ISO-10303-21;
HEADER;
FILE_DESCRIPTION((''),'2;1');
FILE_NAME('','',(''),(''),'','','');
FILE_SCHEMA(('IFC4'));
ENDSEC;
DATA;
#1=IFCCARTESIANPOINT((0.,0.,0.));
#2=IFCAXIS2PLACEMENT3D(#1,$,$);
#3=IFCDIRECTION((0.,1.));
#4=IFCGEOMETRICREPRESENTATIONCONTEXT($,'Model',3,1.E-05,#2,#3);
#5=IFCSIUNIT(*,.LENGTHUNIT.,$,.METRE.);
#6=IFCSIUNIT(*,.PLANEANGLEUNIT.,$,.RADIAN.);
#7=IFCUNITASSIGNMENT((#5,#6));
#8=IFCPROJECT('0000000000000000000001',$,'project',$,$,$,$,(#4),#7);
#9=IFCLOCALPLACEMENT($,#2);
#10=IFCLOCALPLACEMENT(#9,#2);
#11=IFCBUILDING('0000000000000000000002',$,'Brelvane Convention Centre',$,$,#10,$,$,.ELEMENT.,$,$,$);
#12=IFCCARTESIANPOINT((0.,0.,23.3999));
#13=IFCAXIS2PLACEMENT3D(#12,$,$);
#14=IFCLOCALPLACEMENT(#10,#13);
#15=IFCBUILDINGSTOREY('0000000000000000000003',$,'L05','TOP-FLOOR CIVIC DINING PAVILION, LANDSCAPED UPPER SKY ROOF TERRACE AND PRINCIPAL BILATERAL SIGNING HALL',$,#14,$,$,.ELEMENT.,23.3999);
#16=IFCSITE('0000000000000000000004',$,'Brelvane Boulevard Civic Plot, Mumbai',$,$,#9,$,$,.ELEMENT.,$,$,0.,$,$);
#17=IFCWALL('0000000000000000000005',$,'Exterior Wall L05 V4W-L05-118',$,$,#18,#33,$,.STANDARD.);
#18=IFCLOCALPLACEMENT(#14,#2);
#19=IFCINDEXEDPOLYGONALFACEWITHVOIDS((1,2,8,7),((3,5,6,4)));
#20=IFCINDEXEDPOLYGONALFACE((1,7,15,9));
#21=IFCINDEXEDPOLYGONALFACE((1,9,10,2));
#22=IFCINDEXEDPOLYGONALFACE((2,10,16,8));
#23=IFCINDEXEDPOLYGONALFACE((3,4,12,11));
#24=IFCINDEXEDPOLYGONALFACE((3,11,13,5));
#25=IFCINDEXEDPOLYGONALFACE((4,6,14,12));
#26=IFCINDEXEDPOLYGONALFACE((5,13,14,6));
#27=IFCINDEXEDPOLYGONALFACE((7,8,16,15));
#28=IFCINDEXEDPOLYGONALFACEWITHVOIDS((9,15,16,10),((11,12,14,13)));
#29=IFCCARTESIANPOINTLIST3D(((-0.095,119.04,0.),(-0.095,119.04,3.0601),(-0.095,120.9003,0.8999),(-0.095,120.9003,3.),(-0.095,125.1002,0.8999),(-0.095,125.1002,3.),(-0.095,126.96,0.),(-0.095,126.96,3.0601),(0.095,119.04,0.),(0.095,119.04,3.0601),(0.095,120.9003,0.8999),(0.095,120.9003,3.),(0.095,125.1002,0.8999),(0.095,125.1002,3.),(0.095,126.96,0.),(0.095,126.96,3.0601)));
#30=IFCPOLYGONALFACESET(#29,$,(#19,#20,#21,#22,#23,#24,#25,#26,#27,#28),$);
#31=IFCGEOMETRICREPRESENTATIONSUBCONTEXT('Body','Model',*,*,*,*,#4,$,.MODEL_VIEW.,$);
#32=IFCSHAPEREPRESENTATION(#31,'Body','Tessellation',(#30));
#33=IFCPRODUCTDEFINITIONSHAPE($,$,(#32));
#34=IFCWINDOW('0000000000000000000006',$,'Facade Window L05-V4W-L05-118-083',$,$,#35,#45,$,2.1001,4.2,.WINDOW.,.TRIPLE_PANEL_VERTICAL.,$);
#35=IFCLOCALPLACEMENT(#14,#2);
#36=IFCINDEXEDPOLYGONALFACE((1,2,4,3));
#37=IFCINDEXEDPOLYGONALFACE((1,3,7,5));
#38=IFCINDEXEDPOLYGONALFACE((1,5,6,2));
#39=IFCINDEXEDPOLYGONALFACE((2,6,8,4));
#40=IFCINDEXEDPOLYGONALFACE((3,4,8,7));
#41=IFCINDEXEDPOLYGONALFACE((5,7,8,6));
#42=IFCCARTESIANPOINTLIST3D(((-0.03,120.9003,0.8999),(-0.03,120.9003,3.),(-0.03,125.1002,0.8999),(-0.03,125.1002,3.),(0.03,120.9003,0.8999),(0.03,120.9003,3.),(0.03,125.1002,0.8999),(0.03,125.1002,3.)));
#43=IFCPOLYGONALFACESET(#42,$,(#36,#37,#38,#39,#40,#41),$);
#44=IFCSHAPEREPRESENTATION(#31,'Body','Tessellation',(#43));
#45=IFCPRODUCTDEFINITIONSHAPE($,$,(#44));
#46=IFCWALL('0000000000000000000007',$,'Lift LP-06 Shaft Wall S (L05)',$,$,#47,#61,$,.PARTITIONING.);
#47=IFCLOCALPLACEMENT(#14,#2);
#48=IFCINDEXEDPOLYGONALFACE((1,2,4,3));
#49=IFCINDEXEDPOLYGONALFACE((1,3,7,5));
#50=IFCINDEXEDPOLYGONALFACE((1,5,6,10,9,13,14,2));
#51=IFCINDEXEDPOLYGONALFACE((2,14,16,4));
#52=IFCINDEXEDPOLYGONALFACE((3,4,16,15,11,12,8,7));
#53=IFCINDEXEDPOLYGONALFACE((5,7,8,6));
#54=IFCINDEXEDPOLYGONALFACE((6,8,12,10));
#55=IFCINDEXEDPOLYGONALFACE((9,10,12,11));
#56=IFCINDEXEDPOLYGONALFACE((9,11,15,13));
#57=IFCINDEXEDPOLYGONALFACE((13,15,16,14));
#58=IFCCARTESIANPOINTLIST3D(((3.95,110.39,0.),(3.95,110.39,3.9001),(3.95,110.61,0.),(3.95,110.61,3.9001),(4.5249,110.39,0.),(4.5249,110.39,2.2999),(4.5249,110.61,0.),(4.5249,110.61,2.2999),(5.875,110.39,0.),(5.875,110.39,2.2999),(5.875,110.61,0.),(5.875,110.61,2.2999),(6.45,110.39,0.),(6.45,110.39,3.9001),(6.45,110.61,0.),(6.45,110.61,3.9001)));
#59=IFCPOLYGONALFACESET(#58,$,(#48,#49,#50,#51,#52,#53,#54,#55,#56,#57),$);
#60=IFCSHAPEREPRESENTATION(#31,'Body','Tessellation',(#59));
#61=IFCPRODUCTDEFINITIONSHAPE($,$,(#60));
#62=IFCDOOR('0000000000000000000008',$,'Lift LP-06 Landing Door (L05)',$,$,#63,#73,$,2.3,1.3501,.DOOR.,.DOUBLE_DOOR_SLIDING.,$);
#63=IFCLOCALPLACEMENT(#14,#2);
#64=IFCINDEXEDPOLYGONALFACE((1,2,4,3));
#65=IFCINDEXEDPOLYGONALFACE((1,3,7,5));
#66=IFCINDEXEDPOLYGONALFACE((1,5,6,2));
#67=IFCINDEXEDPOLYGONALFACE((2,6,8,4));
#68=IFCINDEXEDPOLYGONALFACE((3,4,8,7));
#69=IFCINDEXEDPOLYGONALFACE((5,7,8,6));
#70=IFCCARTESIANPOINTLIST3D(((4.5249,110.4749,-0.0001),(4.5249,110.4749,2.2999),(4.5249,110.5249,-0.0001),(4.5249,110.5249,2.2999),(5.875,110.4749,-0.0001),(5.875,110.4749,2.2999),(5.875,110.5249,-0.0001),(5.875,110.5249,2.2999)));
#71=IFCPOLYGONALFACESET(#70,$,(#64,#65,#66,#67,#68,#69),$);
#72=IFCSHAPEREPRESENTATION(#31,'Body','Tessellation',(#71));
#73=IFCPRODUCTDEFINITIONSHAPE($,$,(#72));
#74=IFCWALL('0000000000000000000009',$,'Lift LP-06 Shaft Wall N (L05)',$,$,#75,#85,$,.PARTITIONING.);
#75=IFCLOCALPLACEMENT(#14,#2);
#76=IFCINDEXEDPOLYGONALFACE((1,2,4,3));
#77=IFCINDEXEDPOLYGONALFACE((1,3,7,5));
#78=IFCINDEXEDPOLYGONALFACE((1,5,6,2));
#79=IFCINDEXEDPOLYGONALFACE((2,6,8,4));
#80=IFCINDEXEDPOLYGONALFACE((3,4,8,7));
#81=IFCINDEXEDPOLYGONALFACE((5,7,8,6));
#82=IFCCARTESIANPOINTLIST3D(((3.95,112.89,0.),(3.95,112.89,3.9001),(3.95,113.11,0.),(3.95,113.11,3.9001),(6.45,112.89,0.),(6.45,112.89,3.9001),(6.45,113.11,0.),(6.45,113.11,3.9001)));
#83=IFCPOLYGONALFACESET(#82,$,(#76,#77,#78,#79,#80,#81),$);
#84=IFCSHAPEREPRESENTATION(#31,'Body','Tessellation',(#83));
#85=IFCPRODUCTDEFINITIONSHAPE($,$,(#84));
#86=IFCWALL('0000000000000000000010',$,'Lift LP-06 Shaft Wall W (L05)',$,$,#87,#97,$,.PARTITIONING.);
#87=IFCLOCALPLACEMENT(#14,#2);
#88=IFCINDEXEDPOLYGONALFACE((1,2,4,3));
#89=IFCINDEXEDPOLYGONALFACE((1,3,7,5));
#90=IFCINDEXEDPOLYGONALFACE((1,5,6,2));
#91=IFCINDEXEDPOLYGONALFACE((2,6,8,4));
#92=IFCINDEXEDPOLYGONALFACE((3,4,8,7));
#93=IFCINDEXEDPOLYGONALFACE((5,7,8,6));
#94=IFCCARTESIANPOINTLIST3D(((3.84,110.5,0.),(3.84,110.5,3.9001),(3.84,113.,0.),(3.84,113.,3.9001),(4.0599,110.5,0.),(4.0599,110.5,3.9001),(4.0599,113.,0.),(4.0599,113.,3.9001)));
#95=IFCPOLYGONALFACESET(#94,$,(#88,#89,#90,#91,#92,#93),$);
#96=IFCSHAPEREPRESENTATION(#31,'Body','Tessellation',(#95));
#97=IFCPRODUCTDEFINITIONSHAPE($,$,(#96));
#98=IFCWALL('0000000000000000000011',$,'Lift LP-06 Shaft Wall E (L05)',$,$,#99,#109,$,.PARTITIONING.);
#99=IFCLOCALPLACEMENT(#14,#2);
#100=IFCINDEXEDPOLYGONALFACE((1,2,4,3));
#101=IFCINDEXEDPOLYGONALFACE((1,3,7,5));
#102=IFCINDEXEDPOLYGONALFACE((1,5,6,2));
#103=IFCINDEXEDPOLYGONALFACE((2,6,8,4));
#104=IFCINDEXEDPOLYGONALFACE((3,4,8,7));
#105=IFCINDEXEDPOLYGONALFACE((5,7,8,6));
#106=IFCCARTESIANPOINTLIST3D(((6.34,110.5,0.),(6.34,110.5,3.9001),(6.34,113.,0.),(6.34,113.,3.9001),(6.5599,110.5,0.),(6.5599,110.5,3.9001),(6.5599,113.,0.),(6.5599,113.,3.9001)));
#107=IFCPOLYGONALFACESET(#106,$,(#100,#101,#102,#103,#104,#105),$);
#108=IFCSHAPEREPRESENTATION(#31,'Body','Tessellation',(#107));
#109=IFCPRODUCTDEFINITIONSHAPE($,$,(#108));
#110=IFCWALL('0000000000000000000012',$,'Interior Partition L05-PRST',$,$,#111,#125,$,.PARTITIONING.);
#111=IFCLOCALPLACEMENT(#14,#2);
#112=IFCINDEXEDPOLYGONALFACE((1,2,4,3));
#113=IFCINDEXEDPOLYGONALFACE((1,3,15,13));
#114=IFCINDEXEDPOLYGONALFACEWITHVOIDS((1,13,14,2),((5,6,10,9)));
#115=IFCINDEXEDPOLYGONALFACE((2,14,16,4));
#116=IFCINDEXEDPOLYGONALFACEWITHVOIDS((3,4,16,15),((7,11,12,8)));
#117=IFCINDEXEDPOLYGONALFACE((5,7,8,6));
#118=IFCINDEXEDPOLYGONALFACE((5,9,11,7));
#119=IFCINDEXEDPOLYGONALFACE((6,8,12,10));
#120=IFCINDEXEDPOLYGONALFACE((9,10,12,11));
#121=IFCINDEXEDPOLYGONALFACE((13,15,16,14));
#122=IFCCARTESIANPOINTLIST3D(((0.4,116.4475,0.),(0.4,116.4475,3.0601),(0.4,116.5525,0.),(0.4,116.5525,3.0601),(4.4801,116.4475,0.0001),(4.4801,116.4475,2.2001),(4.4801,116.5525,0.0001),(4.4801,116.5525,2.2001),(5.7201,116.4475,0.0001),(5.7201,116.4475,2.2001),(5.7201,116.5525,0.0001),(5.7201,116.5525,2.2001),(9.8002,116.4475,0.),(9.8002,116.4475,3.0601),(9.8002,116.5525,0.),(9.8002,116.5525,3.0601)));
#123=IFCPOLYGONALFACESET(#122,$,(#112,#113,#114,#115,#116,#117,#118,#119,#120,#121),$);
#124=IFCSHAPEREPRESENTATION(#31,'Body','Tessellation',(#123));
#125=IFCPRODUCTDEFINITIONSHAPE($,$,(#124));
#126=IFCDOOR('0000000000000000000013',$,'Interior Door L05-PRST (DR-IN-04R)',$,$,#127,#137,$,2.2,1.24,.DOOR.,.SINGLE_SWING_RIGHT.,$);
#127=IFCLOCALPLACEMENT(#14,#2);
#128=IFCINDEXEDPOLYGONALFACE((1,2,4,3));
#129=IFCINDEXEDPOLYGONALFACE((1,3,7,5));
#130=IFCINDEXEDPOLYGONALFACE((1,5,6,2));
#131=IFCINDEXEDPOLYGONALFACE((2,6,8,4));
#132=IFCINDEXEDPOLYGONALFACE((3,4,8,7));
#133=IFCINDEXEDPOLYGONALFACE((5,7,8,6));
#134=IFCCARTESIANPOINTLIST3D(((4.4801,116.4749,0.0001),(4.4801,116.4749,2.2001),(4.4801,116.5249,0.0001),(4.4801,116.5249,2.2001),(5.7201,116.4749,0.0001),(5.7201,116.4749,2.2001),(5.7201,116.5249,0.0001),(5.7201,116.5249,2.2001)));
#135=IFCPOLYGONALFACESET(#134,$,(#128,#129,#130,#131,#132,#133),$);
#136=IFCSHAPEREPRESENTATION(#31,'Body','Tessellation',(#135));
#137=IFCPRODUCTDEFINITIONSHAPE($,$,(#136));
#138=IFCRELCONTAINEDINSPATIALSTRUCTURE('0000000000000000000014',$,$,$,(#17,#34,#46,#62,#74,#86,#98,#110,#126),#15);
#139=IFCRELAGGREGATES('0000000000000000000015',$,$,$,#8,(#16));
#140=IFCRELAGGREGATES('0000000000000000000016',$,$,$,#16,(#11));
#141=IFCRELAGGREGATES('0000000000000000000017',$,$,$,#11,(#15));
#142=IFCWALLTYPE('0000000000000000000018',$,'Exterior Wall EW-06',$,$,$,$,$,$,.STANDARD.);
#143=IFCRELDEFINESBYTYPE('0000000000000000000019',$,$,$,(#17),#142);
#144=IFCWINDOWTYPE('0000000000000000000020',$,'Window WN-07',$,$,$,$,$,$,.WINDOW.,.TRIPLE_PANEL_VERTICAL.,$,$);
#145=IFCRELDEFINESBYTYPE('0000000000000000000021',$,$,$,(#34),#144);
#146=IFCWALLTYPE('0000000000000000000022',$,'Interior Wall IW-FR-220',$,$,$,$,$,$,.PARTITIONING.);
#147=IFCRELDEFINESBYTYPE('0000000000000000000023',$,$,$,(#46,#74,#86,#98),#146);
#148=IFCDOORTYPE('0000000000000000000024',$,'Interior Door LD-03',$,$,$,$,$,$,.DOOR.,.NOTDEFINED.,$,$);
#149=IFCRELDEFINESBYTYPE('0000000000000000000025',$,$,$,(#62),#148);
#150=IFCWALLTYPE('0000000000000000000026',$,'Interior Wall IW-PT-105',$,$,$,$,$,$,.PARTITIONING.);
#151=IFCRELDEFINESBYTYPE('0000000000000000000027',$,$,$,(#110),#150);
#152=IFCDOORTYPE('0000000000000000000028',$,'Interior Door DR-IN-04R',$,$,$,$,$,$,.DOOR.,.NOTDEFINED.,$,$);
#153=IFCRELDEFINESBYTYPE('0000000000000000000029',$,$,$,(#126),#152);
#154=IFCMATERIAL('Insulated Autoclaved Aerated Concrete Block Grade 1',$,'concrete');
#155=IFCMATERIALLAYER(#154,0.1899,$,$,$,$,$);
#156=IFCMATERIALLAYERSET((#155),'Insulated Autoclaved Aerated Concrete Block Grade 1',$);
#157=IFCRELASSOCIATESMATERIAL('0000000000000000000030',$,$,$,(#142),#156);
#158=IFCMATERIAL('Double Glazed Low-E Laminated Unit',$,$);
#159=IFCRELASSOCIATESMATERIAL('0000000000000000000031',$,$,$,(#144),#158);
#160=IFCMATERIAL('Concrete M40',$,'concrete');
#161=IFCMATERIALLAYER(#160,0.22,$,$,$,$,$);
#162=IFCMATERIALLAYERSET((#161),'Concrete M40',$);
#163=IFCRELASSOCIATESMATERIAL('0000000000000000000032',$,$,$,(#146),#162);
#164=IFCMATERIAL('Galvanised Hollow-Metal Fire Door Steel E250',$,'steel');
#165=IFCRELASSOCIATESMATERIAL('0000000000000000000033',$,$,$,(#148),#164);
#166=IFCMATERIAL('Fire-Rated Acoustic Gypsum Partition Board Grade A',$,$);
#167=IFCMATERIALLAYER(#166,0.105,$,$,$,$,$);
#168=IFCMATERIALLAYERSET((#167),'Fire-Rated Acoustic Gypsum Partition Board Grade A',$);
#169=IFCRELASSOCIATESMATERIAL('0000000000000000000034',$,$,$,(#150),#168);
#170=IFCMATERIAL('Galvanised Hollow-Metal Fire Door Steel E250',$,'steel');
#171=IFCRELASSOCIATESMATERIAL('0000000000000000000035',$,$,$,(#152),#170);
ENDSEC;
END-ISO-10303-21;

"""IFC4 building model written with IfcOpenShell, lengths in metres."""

from ifc_helpers import new_model, si_unit, direction, frame, frame_2d, origin, place, context, subcontext, project, spatial, rectangle, extrude, material, layer, layer_set, type_object, element, fill, save


model = new_model("IFC4")

# Units and contexts
model_context = context("Model", 3, precision=1e-05, world=origin(), true_north=direction((0.0, 1.0)))
body_context = subcontext(model_context, "Body", "Model", "MODEL_VIEW")
ifc_project = project(units=[si_unit("LENGTHUNIT", "METRE"), si_unit("PLANEANGLEUNIT", "RADIAN")], contexts=[model_context])

# Site, building, storey
site_placement = place(None, origin())
site = spatial("IfcSite", under=ifc_project, at=site_placement, Name="Brelvane Boulevard Civic Plot, Mumbai", CompositionType="ELEMENT", RefElevation=0.0)
building_placement = place(site_placement, origin())
building = spatial("IfcBuilding", under=site, at=building_placement, Name="Brelvane Convention Centre", CompositionType="ELEMENT")
storey_placement = place(building_placement, frame((0.0, 0.0, 23.3999)))
storey = spatial("IfcBuildingStorey", under=building, at=storey_placement, Name="L05", Description="TOP-FLOOR CIVIC DINING PAVILION, LANDSCAPED UPPER SKY ROOF TERRACE AND PRINCIPAL BILATERAL SIGNING HALL", CompositionType="ELEMENT", Elevation=23.3999)

# Wall, opening, window
ifc_material_1 = material(Name="Insulated Autoclaved Aerated Concrete Block Grade 1", Category="concrete")
ifc_layer_1 = layer(ifc_material_1, 0.1899)
ifc_layer_set_1 = layer_set([ifc_layer_1], Name="Insulated Autoclaved Aerated Concrete Block Grade 1")
wall_type_1 = type_object("IfcWallType", Name="Exterior Wall EW-06", PredefinedType="STANDARD", material=ifc_layer_set_1)
wall_1_placement = place(storey_placement, frame((0.0, 119.04, 0.0), z_axis=(0.0, 0.0, 1.0), x_axis=(0.0, 1.0, 0.0)))
wall_1 = element("IfcWall", 1, at=wall_1_placement, inside=storey, type_object=wall_type_1, Name="Exterior Wall L05 V4W-L05-118", PredefinedType="STANDARD", context=body_context, shape_type="SweptSolid", body=[
    extrude(rectangle(XDim=7.9199, YDim=0.1899, at=frame_2d((3.96, 0.0))), origin(), (0.0, 0.0, 1.0), 3.0601),
])
opening_1_placement = place(wall_1_placement, frame((1.8601, 0.0, 0.8999)))
opening_1 = element("IfcOpeningElement", 2, at=opening_1_placement, cuts=wall_1, PredefinedType="OPENING", context=body_context, shape_type="SweptSolid", body=[
    extrude(rectangle(XDim=4.2, YDim=2.1001, at=frame_2d((2.1001, 1.05))), frame((0.0, 0.105, 0.0), z_axis=(0.0, -1.0, 0.0), x_axis=(1.0, 0.0, 0.0)), (0.0, 0.0, 1.0), 0.21),
])
ifc_material_2 = material(Name="Double Glazed Low-E Laminated Unit")
window_type_1 = type_object("IfcWindowType", Name="Window WN-07", PartitioningType="TRIPLE_PANEL_VERTICAL", PredefinedType="WINDOW", material=ifc_material_2)
window_1_placement = place(opening_1_placement, origin())
window_1 = element("IfcWindow", 3, at=window_1_placement, inside=storey, type_object=window_type_1, Name="Facade Window L05-V4W-L05-118-083", OverallHeight=2.1001, OverallWidth=4.2, PartitioningType="TRIPLE_PANEL_VERTICAL", PredefinedType="WINDOW", context=body_context, shape_type="SweptSolid", body=[
    extrude(rectangle(XDim=4.2, YDim=2.1001, at=frame_2d((2.1001, 1.05))), frame((0.0, 0.03, 0.0), z_axis=(0.0, -1.0, 0.0), x_axis=(1.0, 0.0, 0.0)), (0.0, 0.0, 1.0), 0.0601),
])
fill(opening_1, window_1)

# Wall, opening, door
ifc_material_3 = material(Name="Concrete M40", Category="concrete")
ifc_layer_2 = layer(ifc_material_3, 0.22)
ifc_layer_set_2 = layer_set([ifc_layer_2], Name="Concrete M40")
wall_type_2 = type_object("IfcWallType", Name="Interior Wall IW-FR-220", PredefinedType="PARTITIONING", material=ifc_layer_set_2)
wall_2_placement = place(storey_placement, frame((3.95, 110.5, 0.0), z_axis=(0.0, 0.0, 1.0), x_axis=(1.0, 0.0, 0.0)))
wall_2 = element("IfcWall", 4, at=wall_2_placement, inside=storey, type_object=wall_type_2, Name="Lift LP-06 Shaft Wall S (L05)", PredefinedType="PARTITIONING", context=body_context, shape_type="SweptSolid", body=[
    extrude(rectangle(XDim=2.5, YDim=0.22, at=frame_2d((1.25, 0.0))), origin(), (0.0, 0.0, 1.0), 3.9001),
])
opening_2_placement = place(wall_2_placement, frame((0.575, 0.0, 0.0)))
opening_2 = element("IfcOpeningElement", 5, at=opening_2_placement, cuts=wall_2, PredefinedType="OPENING", context=body_context, shape_type="SweptSolid", body=[
    extrude(rectangle(XDim=1.3501, YDim=2.3, at=frame_2d((0.675, 1.1499))), frame((0.0, 0.1199, 0.0), z_axis=(0.0, -1.0, 0.0), x_axis=(1.0, 0.0, 0.0)), (0.0, 0.0, 1.0), 0.24),
])
ifc_material_4 = material(Name="Galvanised Hollow-Metal Fire Door Steel E250", Category="steel")
door_type_1 = type_object("IfcDoorType", Name="Interior Door LD-03", OperationType="NOTDEFINED", PredefinedType="DOOR", material=ifc_material_4)
door_1_placement = place(opening_2_placement, origin())
door_1 = element("IfcDoor", 6, at=door_1_placement, inside=storey, type_object=door_type_1, Name="Lift LP-06 Landing Door (L05)", OperationType="DOUBLE_DOOR_SLIDING", OverallHeight=2.3, OverallWidth=1.3501, PredefinedType="DOOR", context=body_context, shape_type="SweptSolid", body=[
    extrude(rectangle(XDim=1.3501, YDim=2.3, at=frame_2d((0.675, 1.1499))), frame((0.0, 0.0249, 0.0), z_axis=(0.0, -1.0, 0.0), x_axis=(1.0, 0.0, 0.0)), (0.0, 0.0, 1.0), 0.05),
])
fill(opening_2, door_1)

# Walls
for number, where, z_axis, x_axis, name in (
    (7, (3.95, 113.0, 0.0), (0.0, 0.0, 1.0), (1.0, 0.0, 0.0), "Lift LP-06 Shaft Wall N (L05)"),
    (8, (3.95, 110.5, 0.0), (0.0, 0.0, 1.0), (0.0, 1.0, 0.0), "Lift LP-06 Shaft Wall W (L05)"),
    (9, (6.45, 110.5, 0.0), (0.0, 0.0, 1.0), (0.0, 1.0, 0.0), "Lift LP-06 Shaft Wall E (L05)"),
):
    element("IfcWall", number, at=place(storey_placement, frame(where, z_axis=z_axis, x_axis=x_axis)), inside=storey, type_object=wall_type_2, Name=name, PredefinedType="PARTITIONING", context=body_context, shape_type="SweptSolid", body=[
        extrude(rectangle(XDim=2.5, YDim=0.22, at=frame_2d((1.25, 0.0))), origin(), (0.0, 0.0, 1.0), 3.9001),
    ])

# Wall, opening, door
ifc_material_5 = material(Name="Fire-Rated Acoustic Gypsum Partition Board Grade A")
ifc_layer_3 = layer(ifc_material_5, 0.105)
ifc_layer_set_3 = layer_set([ifc_layer_3], Name="Fire-Rated Acoustic Gypsum Partition Board Grade A")
wall_type_3 = type_object("IfcWallType", Name="Interior Wall IW-PT-105", PredefinedType="PARTITIONING", material=ifc_layer_set_3)
wall_3_placement = place(storey_placement, frame((0.3999, 116.5, 0.0), z_axis=(0.0, 0.0, 1.0), x_axis=(1.0, 0.0, 0.0)))
wall_3 = element("IfcWall", 10, at=wall_3_placement, inside=storey, type_object=wall_type_3, Name="Interior Partition L05-PRST", PredefinedType="PARTITIONING", context=body_context, shape_type="SweptSolid", body=[
    extrude(rectangle(XDim=9.4001, YDim=0.105, at=frame_2d((4.7002, 0.0))), origin(), (0.0, 0.0, 1.0), 3.0601),
])
opening_3_placement = place(wall_3_placement, frame((4.0801, 0.0, 0.0)))
opening_3 = element("IfcOpeningElement", 11, at=opening_3_placement, cuts=wall_3, PredefinedType="OPENING", context=body_context, shape_type="SweptSolid", body=[
    extrude(rectangle(XDim=1.24, YDim=2.2, at=frame_2d((0.6201, 1.1001))), frame((0.0, 0.0625, 0.0), z_axis=(0.0, -1.0, 0.0), x_axis=(1.0, 0.0, 0.0)), (0.0, 0.0, 1.0), 0.125),
])
ifc_material_6 = material(Name="Galvanised Hollow-Metal Fire Door Steel E250", Category="steel")
door_type_2 = type_object("IfcDoorType", Name="Interior Door DR-IN-04R", OperationType="NOTDEFINED", PredefinedType="DOOR", material=ifc_material_6)
door_2_placement = place(opening_3_placement, origin())
door_2 = element("IfcDoor", 12, at=door_2_placement, inside=storey, type_object=door_type_2, Name="Interior Door L05-PRST (DR-IN-04R)", OperationType="SINGLE_SWING_RIGHT", OverallHeight=2.2, OverallWidth=1.24, PredefinedType="DOOR", context=body_context, shape_type="SweptSolid", body=[
    extrude(rectangle(XDim=1.24, YDim=2.2, at=frame_2d((0.6201, 1.1001))), frame((0.0, 0.0249, 0.0), z_axis=(0.0, -1.0, 0.0), x_axis=(1.0, 0.0, 0.0)), (0.0, 0.0, 1.0), 0.05),
])
fill(opening_3, door_2)

save(model, "model.ifc")
